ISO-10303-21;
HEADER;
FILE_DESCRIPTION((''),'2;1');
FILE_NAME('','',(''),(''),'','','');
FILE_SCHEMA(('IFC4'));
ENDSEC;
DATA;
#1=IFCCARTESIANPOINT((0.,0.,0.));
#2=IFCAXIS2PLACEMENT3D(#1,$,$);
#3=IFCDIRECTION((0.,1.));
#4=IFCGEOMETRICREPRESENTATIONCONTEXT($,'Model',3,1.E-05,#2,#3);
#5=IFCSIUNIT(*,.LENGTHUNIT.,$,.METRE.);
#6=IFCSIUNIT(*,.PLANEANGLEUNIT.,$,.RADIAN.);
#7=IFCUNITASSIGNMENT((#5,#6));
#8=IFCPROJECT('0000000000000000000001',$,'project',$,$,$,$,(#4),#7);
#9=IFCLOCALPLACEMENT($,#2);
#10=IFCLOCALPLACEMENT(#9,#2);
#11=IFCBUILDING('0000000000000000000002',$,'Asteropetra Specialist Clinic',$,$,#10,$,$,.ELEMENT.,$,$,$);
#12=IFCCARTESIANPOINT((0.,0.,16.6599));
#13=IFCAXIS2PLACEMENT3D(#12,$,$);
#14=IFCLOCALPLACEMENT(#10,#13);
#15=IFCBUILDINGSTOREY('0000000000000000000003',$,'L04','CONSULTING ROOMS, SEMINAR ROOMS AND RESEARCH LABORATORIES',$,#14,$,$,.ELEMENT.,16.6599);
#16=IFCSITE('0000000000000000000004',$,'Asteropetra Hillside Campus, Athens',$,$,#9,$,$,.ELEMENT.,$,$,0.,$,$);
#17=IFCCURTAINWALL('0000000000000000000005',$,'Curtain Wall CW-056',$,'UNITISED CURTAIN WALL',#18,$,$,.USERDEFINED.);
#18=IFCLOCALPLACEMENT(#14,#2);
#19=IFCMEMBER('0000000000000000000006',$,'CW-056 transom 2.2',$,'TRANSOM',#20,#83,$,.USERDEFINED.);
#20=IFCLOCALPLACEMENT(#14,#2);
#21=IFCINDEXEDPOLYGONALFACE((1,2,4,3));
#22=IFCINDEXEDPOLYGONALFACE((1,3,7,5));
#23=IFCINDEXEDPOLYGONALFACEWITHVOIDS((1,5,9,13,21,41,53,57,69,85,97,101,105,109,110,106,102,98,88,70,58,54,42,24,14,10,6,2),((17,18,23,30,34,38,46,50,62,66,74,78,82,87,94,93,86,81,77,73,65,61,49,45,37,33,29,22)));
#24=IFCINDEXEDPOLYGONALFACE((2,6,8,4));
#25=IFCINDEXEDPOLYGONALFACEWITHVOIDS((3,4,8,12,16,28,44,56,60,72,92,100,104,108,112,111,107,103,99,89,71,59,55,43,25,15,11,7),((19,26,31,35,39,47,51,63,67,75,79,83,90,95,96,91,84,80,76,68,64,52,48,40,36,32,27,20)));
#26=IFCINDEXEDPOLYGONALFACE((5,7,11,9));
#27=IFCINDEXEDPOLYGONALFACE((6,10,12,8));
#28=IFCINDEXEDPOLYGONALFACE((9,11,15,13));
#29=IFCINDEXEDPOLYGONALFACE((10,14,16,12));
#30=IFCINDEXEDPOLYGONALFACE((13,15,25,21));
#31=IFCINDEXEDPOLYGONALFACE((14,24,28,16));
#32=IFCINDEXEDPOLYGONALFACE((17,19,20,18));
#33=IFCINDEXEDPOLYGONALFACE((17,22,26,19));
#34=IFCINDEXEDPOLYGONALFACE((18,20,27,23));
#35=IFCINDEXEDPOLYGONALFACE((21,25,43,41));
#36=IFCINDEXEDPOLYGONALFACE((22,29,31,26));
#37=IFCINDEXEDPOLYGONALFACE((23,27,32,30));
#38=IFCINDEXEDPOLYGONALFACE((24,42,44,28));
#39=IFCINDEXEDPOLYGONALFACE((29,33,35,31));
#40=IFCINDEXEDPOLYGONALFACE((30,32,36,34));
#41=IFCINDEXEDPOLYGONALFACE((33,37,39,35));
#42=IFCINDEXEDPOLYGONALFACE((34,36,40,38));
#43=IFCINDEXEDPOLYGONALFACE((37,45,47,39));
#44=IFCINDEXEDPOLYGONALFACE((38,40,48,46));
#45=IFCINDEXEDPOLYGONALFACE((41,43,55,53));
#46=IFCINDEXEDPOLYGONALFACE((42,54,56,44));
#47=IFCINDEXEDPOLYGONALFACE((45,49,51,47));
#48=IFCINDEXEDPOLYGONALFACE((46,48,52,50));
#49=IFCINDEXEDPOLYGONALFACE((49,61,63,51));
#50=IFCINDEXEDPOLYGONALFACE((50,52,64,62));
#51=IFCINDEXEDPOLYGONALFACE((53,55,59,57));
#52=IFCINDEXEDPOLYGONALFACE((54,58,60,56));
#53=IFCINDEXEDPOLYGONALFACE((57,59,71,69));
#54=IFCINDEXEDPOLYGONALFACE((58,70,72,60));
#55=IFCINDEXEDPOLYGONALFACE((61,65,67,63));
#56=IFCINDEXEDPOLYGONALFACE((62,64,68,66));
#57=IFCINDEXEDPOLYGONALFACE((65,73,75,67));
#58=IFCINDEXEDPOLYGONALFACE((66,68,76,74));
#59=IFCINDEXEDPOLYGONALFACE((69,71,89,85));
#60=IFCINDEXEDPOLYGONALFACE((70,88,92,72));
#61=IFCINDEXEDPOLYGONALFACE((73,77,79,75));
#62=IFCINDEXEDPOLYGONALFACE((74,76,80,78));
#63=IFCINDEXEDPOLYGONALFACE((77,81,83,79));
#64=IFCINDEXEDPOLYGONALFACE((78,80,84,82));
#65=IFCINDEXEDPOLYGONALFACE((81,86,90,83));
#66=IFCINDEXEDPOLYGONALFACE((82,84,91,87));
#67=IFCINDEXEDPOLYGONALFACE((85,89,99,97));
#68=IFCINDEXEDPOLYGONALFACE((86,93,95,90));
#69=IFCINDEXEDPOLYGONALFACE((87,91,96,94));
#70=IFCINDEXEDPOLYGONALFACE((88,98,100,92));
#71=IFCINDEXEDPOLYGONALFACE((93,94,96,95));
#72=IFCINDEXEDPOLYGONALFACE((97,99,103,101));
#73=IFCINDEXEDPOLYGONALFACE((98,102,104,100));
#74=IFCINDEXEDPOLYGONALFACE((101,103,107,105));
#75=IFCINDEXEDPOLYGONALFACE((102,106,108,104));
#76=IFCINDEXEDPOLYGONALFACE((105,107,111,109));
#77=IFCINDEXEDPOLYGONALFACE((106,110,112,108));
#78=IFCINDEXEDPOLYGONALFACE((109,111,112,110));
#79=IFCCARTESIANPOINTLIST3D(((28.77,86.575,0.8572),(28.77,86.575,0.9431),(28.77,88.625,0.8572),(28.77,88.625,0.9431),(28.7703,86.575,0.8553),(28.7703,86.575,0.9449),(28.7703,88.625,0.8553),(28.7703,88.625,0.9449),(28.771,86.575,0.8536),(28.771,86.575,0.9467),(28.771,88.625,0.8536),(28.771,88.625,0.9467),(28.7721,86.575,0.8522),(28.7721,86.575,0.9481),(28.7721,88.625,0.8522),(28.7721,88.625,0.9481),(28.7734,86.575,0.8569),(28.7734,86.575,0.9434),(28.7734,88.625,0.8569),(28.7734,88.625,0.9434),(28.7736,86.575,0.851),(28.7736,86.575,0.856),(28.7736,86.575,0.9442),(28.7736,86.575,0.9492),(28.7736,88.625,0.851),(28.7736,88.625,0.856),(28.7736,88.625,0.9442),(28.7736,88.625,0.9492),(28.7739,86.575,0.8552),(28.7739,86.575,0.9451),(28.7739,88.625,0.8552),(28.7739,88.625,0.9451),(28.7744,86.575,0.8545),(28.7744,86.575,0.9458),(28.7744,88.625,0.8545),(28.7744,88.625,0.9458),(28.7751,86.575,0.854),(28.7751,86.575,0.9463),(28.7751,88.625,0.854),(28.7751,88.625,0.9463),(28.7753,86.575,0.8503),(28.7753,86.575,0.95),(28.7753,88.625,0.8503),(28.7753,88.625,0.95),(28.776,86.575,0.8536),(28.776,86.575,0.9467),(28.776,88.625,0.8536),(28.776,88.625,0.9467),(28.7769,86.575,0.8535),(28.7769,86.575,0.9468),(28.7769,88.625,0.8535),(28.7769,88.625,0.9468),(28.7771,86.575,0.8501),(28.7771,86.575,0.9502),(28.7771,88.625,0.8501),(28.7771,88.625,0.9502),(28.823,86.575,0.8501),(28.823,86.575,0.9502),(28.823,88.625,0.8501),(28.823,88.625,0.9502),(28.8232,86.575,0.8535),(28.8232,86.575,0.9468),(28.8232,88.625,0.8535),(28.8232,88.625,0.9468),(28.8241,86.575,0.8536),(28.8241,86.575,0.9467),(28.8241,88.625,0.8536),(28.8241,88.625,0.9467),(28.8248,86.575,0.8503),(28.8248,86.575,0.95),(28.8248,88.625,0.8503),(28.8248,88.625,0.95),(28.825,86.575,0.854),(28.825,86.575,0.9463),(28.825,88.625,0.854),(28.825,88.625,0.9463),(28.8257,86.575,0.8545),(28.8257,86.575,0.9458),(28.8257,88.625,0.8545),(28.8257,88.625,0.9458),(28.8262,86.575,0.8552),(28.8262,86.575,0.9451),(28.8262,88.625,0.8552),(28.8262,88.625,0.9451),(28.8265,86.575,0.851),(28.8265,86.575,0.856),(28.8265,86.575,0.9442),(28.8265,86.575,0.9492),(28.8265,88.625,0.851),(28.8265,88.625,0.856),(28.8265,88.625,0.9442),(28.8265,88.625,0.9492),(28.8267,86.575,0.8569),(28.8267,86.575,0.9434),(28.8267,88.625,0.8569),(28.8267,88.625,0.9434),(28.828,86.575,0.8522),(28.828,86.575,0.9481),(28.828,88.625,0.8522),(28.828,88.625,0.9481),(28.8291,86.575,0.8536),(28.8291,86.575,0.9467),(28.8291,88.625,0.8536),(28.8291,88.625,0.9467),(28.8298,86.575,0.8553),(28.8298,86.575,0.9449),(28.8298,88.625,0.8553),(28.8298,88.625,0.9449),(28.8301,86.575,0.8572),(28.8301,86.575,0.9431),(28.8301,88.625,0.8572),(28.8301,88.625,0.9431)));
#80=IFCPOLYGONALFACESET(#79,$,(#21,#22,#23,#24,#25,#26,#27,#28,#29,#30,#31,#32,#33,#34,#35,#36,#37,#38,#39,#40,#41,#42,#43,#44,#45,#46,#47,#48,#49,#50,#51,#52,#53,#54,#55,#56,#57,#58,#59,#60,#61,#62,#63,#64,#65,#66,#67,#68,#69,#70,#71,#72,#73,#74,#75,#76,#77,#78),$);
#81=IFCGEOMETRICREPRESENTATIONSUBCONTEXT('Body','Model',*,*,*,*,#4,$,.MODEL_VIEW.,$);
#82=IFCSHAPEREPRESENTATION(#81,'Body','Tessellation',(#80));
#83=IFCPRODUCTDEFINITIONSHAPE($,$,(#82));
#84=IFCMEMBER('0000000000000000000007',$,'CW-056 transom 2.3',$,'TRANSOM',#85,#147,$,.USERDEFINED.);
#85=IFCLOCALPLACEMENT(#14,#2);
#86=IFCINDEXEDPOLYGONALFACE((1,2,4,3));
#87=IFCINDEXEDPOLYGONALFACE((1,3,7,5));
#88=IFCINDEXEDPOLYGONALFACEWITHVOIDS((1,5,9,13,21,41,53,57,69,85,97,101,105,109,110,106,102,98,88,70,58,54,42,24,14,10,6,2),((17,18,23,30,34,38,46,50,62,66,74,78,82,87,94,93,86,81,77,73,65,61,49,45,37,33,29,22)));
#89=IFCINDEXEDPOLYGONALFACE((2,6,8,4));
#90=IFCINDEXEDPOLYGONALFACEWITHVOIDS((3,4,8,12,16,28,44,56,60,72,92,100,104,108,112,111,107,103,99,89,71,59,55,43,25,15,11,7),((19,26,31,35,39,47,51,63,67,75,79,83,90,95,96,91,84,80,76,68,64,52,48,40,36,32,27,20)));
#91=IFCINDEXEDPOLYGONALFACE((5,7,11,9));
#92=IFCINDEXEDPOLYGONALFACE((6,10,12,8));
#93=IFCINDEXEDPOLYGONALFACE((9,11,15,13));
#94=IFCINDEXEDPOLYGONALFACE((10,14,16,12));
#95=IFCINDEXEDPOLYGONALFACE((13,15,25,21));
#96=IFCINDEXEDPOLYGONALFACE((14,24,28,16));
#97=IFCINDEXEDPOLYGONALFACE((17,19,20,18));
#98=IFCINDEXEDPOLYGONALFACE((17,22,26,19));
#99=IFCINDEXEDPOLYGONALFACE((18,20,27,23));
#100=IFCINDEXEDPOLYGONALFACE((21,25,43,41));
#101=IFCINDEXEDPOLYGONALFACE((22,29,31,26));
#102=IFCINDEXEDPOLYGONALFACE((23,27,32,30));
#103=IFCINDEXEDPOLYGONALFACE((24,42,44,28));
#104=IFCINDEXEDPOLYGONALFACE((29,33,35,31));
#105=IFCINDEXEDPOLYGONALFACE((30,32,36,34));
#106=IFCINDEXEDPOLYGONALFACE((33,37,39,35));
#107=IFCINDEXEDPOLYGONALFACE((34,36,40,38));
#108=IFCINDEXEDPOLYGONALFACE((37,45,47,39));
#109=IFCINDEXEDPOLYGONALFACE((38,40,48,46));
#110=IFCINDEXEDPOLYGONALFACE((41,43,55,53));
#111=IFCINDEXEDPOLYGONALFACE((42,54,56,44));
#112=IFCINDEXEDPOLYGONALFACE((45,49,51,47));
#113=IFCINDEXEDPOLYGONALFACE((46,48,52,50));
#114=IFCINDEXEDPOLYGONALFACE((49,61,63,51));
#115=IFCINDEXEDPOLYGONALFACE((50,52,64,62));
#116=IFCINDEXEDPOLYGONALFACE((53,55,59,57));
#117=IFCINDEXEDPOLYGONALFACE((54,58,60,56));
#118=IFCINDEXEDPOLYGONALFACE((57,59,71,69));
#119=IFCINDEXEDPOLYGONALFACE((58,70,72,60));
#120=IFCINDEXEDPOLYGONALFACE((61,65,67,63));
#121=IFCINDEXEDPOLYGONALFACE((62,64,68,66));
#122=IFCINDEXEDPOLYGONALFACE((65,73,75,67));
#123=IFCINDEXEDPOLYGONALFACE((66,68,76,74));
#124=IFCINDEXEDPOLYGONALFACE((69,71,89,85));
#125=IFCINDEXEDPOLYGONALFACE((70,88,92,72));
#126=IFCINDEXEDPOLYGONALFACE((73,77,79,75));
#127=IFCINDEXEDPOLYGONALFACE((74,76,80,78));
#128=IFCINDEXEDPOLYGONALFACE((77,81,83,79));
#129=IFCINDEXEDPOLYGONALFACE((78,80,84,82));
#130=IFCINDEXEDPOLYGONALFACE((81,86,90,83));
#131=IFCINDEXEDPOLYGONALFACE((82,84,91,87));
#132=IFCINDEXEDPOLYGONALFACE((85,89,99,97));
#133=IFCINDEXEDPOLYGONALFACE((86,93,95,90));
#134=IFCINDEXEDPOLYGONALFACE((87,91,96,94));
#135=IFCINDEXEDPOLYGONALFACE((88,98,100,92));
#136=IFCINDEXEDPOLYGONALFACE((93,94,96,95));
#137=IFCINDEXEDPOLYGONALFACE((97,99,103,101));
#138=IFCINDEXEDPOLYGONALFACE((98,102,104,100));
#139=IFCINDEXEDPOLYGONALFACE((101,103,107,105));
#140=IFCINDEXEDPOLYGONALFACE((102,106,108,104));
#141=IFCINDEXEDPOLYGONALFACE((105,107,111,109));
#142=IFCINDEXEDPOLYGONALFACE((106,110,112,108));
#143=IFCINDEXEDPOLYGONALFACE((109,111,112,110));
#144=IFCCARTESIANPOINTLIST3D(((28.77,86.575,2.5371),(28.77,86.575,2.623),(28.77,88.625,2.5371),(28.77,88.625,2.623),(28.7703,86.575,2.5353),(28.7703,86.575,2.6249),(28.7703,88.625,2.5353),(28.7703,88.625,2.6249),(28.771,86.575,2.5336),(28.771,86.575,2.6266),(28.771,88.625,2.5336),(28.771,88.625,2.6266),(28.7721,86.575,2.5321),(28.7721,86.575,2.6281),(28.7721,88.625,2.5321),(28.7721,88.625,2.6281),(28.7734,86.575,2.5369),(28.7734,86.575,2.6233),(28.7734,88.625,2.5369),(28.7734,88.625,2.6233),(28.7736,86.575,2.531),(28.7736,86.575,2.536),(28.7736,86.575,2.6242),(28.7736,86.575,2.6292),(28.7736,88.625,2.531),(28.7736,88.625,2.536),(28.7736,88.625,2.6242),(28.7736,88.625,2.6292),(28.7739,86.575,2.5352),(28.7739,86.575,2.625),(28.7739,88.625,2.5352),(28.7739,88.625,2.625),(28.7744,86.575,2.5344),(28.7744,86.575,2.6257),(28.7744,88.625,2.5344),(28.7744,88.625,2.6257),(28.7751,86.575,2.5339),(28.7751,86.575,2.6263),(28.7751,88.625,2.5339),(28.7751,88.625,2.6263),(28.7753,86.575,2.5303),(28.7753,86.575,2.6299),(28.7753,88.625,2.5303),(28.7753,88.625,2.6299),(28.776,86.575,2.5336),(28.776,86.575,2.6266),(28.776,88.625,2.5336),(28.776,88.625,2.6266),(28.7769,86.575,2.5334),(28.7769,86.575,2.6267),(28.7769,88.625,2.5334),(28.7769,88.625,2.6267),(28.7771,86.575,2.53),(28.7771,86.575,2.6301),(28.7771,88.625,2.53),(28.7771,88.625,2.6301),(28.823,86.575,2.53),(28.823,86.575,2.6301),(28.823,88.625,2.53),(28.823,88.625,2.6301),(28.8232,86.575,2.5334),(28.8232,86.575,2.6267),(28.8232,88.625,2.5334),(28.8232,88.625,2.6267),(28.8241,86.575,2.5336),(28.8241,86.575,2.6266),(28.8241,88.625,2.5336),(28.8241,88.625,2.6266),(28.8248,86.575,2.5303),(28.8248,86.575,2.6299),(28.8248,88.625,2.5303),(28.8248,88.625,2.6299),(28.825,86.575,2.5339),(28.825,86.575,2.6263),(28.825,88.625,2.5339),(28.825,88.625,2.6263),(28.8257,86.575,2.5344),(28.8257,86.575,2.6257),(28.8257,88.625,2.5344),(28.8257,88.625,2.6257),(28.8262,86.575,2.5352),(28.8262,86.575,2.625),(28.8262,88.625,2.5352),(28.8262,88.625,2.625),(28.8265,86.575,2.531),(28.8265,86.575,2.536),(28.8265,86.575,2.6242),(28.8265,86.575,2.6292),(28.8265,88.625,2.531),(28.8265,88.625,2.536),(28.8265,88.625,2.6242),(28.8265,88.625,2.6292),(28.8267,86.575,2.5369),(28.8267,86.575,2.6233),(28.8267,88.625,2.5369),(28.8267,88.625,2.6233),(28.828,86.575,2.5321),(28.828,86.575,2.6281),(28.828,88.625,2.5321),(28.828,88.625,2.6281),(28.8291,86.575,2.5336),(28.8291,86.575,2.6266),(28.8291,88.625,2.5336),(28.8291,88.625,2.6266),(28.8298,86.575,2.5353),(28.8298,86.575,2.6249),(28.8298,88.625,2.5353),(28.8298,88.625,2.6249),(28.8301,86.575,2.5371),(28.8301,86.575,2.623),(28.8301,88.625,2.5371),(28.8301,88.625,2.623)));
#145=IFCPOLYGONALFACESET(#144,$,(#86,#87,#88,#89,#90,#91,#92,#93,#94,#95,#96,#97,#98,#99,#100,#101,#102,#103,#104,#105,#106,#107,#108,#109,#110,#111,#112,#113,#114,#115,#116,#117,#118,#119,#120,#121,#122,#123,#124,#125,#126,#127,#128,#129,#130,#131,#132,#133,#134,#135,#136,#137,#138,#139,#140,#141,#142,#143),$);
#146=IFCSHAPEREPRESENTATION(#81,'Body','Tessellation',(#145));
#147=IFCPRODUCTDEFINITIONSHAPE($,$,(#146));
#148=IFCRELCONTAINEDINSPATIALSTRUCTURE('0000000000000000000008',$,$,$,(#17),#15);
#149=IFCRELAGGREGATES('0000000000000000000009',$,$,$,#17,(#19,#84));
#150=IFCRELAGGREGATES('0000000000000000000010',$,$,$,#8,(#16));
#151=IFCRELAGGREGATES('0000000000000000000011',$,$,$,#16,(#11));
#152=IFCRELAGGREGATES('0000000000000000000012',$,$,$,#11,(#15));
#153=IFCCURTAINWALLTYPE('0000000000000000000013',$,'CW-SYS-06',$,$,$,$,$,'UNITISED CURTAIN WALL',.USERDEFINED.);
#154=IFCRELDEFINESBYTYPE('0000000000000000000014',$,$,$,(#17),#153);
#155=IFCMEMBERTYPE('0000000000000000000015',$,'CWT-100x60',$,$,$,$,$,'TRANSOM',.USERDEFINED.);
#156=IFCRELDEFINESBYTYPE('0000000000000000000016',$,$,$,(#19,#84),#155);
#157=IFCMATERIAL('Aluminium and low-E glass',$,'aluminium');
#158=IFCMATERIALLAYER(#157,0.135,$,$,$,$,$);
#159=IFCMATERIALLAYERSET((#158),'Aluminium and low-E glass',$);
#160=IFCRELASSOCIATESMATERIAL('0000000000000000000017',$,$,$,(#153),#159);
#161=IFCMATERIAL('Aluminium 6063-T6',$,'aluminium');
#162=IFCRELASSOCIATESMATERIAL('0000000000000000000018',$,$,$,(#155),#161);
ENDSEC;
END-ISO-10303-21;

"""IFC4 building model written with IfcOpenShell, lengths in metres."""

from ifc_helpers import new_model, si_unit, direction, frame, origin, origin_2d, place, context, subcontext, project, spatial, hollow_rectangle, extrude, material, layer, layer_set, material_profile, profile_set, type_object, element, aggregate, save


model = new_model("IFC4")

# Units and contexts
model_context = context("Model", 3, precision=1e-05, world=origin(), true_north=direction((0.0, 1.0)))
body_context = subcontext(model_context, "Body", "Model", "MODEL_VIEW")
ifc_project = project(units=[si_unit("LENGTHUNIT", "METRE"), si_unit("PLANEANGLEUNIT", "RADIAN")], contexts=[model_context])

# Site, building, storey
site_placement = place(None, origin())
site = spatial("IfcSite", under=ifc_project, at=site_placement, Name="Asteropetra Hillside Campus, Athens", CompositionType="ELEMENT", RefElevation=0.0)
building_placement = place(site_placement, origin())
building = spatial("IfcBuilding", under=site, at=building_placement, Name="Asteropetra Specialist Clinic", CompositionType="ELEMENT")
storey_placement = place(building_placement, frame((0.0, 0.0, 16.6599)))
storey = spatial("IfcBuildingStorey", under=building, at=storey_placement, Name="L04", Description="CONSULTING ROOMS, SEMINAR ROOMS AND RESEARCH LABORATORIES", CompositionType="ELEMENT", Elevation=16.6599)

# Curtain wall, members
ifc_material_1 = material(Name="Aluminium and low-E glass", Category="aluminium")
ifc_layer_1 = layer(ifc_material_1, 0.135)
ifc_layer_set_1 = layer_set([ifc_layer_1], Name="Aluminium and low-E glass")
curtain_wall_type = type_object("IfcCurtainWallType", Name="CW-SYS-06", ElementType="UNITISED CURTAIN WALL", PredefinedType="USERDEFINED", material=ifc_layer_set_1)
curtain_wall_placement = place(storey_placement, origin())
curtain_wall = element("IfcCurtainWall", 1, at=curtain_wall_placement, inside=storey, type_object=curtain_wall_type, Name="Curtain Wall CW-056", ObjectType="UNITISED CURTAIN WALL", PredefinedType="USERDEFINED")
ifc_material_2 = material(Name="Aluminium 6063-T6", Category="aluminium")
ifc_material_profile_1 = material_profile(ifc_material_2, hollow_rectangle(XDim=0.0601, YDim=0.1001, WallThickness=0.0034, InnerFilletRadius=0.0034, OuterFilletRadius=0.0071, at=origin_2d()), Name="TRN 100x60x3.5")
ifc_profile_set_1 = profile_set([ifc_material_profile_1], Name="Aluminium 6063-T6")
member_type_1 = type_object("IfcMemberType", Name="CWT-100x60", ElementType="TRANSOM", PredefinedType="USERDEFINED", material=ifc_profile_set_1)
member_1_placement = place(storey_placement, frame((28.8, 86.575, 0.9001), z_axis=(0.0, 1.0, 0.0), x_axis=(-1.0, 0.0, 0.0)))
member_1 = element("IfcMember", 2, at=member_1_placement, type_object=member_type_1, Name="CW-056 transom 2.2", ObjectType="TRANSOM", PredefinedType="USERDEFINED", context=body_context, shape_type="SweptSolid", body=[
    extrude(hollow_rectangle(XDim=0.0601, YDim=0.1001, WallThickness=0.0034, InnerFilletRadius=0.0034, OuterFilletRadius=0.0071, at=origin_2d()), origin(), (0.0, 0.0, 1.0), 2.05),
])
member_2_placement = place(storey_placement, frame((28.8, 86.575, 2.5801), z_axis=(0.0, 1.0, 0.0), x_axis=(-1.0, 0.0, 0.0)))
member_2 = element("IfcMember", 3, at=member_2_placement, type_object=member_type_1, Name="CW-056 transom 2.3", ObjectType="TRANSOM", PredefinedType="USERDEFINED", context=body_context, shape_type="SweptSolid", body=[
    extrude(hollow_rectangle(XDim=0.0601, YDim=0.1001, WallThickness=0.0034, InnerFilletRadius=0.0034, OuterFilletRadius=0.0071, at=origin_2d()), origin(), (0.0, 0.0, 1.0), 2.05),
])

aggregate(curtain_wall, [member_1, member_2])

save(model, "model.ifc")
